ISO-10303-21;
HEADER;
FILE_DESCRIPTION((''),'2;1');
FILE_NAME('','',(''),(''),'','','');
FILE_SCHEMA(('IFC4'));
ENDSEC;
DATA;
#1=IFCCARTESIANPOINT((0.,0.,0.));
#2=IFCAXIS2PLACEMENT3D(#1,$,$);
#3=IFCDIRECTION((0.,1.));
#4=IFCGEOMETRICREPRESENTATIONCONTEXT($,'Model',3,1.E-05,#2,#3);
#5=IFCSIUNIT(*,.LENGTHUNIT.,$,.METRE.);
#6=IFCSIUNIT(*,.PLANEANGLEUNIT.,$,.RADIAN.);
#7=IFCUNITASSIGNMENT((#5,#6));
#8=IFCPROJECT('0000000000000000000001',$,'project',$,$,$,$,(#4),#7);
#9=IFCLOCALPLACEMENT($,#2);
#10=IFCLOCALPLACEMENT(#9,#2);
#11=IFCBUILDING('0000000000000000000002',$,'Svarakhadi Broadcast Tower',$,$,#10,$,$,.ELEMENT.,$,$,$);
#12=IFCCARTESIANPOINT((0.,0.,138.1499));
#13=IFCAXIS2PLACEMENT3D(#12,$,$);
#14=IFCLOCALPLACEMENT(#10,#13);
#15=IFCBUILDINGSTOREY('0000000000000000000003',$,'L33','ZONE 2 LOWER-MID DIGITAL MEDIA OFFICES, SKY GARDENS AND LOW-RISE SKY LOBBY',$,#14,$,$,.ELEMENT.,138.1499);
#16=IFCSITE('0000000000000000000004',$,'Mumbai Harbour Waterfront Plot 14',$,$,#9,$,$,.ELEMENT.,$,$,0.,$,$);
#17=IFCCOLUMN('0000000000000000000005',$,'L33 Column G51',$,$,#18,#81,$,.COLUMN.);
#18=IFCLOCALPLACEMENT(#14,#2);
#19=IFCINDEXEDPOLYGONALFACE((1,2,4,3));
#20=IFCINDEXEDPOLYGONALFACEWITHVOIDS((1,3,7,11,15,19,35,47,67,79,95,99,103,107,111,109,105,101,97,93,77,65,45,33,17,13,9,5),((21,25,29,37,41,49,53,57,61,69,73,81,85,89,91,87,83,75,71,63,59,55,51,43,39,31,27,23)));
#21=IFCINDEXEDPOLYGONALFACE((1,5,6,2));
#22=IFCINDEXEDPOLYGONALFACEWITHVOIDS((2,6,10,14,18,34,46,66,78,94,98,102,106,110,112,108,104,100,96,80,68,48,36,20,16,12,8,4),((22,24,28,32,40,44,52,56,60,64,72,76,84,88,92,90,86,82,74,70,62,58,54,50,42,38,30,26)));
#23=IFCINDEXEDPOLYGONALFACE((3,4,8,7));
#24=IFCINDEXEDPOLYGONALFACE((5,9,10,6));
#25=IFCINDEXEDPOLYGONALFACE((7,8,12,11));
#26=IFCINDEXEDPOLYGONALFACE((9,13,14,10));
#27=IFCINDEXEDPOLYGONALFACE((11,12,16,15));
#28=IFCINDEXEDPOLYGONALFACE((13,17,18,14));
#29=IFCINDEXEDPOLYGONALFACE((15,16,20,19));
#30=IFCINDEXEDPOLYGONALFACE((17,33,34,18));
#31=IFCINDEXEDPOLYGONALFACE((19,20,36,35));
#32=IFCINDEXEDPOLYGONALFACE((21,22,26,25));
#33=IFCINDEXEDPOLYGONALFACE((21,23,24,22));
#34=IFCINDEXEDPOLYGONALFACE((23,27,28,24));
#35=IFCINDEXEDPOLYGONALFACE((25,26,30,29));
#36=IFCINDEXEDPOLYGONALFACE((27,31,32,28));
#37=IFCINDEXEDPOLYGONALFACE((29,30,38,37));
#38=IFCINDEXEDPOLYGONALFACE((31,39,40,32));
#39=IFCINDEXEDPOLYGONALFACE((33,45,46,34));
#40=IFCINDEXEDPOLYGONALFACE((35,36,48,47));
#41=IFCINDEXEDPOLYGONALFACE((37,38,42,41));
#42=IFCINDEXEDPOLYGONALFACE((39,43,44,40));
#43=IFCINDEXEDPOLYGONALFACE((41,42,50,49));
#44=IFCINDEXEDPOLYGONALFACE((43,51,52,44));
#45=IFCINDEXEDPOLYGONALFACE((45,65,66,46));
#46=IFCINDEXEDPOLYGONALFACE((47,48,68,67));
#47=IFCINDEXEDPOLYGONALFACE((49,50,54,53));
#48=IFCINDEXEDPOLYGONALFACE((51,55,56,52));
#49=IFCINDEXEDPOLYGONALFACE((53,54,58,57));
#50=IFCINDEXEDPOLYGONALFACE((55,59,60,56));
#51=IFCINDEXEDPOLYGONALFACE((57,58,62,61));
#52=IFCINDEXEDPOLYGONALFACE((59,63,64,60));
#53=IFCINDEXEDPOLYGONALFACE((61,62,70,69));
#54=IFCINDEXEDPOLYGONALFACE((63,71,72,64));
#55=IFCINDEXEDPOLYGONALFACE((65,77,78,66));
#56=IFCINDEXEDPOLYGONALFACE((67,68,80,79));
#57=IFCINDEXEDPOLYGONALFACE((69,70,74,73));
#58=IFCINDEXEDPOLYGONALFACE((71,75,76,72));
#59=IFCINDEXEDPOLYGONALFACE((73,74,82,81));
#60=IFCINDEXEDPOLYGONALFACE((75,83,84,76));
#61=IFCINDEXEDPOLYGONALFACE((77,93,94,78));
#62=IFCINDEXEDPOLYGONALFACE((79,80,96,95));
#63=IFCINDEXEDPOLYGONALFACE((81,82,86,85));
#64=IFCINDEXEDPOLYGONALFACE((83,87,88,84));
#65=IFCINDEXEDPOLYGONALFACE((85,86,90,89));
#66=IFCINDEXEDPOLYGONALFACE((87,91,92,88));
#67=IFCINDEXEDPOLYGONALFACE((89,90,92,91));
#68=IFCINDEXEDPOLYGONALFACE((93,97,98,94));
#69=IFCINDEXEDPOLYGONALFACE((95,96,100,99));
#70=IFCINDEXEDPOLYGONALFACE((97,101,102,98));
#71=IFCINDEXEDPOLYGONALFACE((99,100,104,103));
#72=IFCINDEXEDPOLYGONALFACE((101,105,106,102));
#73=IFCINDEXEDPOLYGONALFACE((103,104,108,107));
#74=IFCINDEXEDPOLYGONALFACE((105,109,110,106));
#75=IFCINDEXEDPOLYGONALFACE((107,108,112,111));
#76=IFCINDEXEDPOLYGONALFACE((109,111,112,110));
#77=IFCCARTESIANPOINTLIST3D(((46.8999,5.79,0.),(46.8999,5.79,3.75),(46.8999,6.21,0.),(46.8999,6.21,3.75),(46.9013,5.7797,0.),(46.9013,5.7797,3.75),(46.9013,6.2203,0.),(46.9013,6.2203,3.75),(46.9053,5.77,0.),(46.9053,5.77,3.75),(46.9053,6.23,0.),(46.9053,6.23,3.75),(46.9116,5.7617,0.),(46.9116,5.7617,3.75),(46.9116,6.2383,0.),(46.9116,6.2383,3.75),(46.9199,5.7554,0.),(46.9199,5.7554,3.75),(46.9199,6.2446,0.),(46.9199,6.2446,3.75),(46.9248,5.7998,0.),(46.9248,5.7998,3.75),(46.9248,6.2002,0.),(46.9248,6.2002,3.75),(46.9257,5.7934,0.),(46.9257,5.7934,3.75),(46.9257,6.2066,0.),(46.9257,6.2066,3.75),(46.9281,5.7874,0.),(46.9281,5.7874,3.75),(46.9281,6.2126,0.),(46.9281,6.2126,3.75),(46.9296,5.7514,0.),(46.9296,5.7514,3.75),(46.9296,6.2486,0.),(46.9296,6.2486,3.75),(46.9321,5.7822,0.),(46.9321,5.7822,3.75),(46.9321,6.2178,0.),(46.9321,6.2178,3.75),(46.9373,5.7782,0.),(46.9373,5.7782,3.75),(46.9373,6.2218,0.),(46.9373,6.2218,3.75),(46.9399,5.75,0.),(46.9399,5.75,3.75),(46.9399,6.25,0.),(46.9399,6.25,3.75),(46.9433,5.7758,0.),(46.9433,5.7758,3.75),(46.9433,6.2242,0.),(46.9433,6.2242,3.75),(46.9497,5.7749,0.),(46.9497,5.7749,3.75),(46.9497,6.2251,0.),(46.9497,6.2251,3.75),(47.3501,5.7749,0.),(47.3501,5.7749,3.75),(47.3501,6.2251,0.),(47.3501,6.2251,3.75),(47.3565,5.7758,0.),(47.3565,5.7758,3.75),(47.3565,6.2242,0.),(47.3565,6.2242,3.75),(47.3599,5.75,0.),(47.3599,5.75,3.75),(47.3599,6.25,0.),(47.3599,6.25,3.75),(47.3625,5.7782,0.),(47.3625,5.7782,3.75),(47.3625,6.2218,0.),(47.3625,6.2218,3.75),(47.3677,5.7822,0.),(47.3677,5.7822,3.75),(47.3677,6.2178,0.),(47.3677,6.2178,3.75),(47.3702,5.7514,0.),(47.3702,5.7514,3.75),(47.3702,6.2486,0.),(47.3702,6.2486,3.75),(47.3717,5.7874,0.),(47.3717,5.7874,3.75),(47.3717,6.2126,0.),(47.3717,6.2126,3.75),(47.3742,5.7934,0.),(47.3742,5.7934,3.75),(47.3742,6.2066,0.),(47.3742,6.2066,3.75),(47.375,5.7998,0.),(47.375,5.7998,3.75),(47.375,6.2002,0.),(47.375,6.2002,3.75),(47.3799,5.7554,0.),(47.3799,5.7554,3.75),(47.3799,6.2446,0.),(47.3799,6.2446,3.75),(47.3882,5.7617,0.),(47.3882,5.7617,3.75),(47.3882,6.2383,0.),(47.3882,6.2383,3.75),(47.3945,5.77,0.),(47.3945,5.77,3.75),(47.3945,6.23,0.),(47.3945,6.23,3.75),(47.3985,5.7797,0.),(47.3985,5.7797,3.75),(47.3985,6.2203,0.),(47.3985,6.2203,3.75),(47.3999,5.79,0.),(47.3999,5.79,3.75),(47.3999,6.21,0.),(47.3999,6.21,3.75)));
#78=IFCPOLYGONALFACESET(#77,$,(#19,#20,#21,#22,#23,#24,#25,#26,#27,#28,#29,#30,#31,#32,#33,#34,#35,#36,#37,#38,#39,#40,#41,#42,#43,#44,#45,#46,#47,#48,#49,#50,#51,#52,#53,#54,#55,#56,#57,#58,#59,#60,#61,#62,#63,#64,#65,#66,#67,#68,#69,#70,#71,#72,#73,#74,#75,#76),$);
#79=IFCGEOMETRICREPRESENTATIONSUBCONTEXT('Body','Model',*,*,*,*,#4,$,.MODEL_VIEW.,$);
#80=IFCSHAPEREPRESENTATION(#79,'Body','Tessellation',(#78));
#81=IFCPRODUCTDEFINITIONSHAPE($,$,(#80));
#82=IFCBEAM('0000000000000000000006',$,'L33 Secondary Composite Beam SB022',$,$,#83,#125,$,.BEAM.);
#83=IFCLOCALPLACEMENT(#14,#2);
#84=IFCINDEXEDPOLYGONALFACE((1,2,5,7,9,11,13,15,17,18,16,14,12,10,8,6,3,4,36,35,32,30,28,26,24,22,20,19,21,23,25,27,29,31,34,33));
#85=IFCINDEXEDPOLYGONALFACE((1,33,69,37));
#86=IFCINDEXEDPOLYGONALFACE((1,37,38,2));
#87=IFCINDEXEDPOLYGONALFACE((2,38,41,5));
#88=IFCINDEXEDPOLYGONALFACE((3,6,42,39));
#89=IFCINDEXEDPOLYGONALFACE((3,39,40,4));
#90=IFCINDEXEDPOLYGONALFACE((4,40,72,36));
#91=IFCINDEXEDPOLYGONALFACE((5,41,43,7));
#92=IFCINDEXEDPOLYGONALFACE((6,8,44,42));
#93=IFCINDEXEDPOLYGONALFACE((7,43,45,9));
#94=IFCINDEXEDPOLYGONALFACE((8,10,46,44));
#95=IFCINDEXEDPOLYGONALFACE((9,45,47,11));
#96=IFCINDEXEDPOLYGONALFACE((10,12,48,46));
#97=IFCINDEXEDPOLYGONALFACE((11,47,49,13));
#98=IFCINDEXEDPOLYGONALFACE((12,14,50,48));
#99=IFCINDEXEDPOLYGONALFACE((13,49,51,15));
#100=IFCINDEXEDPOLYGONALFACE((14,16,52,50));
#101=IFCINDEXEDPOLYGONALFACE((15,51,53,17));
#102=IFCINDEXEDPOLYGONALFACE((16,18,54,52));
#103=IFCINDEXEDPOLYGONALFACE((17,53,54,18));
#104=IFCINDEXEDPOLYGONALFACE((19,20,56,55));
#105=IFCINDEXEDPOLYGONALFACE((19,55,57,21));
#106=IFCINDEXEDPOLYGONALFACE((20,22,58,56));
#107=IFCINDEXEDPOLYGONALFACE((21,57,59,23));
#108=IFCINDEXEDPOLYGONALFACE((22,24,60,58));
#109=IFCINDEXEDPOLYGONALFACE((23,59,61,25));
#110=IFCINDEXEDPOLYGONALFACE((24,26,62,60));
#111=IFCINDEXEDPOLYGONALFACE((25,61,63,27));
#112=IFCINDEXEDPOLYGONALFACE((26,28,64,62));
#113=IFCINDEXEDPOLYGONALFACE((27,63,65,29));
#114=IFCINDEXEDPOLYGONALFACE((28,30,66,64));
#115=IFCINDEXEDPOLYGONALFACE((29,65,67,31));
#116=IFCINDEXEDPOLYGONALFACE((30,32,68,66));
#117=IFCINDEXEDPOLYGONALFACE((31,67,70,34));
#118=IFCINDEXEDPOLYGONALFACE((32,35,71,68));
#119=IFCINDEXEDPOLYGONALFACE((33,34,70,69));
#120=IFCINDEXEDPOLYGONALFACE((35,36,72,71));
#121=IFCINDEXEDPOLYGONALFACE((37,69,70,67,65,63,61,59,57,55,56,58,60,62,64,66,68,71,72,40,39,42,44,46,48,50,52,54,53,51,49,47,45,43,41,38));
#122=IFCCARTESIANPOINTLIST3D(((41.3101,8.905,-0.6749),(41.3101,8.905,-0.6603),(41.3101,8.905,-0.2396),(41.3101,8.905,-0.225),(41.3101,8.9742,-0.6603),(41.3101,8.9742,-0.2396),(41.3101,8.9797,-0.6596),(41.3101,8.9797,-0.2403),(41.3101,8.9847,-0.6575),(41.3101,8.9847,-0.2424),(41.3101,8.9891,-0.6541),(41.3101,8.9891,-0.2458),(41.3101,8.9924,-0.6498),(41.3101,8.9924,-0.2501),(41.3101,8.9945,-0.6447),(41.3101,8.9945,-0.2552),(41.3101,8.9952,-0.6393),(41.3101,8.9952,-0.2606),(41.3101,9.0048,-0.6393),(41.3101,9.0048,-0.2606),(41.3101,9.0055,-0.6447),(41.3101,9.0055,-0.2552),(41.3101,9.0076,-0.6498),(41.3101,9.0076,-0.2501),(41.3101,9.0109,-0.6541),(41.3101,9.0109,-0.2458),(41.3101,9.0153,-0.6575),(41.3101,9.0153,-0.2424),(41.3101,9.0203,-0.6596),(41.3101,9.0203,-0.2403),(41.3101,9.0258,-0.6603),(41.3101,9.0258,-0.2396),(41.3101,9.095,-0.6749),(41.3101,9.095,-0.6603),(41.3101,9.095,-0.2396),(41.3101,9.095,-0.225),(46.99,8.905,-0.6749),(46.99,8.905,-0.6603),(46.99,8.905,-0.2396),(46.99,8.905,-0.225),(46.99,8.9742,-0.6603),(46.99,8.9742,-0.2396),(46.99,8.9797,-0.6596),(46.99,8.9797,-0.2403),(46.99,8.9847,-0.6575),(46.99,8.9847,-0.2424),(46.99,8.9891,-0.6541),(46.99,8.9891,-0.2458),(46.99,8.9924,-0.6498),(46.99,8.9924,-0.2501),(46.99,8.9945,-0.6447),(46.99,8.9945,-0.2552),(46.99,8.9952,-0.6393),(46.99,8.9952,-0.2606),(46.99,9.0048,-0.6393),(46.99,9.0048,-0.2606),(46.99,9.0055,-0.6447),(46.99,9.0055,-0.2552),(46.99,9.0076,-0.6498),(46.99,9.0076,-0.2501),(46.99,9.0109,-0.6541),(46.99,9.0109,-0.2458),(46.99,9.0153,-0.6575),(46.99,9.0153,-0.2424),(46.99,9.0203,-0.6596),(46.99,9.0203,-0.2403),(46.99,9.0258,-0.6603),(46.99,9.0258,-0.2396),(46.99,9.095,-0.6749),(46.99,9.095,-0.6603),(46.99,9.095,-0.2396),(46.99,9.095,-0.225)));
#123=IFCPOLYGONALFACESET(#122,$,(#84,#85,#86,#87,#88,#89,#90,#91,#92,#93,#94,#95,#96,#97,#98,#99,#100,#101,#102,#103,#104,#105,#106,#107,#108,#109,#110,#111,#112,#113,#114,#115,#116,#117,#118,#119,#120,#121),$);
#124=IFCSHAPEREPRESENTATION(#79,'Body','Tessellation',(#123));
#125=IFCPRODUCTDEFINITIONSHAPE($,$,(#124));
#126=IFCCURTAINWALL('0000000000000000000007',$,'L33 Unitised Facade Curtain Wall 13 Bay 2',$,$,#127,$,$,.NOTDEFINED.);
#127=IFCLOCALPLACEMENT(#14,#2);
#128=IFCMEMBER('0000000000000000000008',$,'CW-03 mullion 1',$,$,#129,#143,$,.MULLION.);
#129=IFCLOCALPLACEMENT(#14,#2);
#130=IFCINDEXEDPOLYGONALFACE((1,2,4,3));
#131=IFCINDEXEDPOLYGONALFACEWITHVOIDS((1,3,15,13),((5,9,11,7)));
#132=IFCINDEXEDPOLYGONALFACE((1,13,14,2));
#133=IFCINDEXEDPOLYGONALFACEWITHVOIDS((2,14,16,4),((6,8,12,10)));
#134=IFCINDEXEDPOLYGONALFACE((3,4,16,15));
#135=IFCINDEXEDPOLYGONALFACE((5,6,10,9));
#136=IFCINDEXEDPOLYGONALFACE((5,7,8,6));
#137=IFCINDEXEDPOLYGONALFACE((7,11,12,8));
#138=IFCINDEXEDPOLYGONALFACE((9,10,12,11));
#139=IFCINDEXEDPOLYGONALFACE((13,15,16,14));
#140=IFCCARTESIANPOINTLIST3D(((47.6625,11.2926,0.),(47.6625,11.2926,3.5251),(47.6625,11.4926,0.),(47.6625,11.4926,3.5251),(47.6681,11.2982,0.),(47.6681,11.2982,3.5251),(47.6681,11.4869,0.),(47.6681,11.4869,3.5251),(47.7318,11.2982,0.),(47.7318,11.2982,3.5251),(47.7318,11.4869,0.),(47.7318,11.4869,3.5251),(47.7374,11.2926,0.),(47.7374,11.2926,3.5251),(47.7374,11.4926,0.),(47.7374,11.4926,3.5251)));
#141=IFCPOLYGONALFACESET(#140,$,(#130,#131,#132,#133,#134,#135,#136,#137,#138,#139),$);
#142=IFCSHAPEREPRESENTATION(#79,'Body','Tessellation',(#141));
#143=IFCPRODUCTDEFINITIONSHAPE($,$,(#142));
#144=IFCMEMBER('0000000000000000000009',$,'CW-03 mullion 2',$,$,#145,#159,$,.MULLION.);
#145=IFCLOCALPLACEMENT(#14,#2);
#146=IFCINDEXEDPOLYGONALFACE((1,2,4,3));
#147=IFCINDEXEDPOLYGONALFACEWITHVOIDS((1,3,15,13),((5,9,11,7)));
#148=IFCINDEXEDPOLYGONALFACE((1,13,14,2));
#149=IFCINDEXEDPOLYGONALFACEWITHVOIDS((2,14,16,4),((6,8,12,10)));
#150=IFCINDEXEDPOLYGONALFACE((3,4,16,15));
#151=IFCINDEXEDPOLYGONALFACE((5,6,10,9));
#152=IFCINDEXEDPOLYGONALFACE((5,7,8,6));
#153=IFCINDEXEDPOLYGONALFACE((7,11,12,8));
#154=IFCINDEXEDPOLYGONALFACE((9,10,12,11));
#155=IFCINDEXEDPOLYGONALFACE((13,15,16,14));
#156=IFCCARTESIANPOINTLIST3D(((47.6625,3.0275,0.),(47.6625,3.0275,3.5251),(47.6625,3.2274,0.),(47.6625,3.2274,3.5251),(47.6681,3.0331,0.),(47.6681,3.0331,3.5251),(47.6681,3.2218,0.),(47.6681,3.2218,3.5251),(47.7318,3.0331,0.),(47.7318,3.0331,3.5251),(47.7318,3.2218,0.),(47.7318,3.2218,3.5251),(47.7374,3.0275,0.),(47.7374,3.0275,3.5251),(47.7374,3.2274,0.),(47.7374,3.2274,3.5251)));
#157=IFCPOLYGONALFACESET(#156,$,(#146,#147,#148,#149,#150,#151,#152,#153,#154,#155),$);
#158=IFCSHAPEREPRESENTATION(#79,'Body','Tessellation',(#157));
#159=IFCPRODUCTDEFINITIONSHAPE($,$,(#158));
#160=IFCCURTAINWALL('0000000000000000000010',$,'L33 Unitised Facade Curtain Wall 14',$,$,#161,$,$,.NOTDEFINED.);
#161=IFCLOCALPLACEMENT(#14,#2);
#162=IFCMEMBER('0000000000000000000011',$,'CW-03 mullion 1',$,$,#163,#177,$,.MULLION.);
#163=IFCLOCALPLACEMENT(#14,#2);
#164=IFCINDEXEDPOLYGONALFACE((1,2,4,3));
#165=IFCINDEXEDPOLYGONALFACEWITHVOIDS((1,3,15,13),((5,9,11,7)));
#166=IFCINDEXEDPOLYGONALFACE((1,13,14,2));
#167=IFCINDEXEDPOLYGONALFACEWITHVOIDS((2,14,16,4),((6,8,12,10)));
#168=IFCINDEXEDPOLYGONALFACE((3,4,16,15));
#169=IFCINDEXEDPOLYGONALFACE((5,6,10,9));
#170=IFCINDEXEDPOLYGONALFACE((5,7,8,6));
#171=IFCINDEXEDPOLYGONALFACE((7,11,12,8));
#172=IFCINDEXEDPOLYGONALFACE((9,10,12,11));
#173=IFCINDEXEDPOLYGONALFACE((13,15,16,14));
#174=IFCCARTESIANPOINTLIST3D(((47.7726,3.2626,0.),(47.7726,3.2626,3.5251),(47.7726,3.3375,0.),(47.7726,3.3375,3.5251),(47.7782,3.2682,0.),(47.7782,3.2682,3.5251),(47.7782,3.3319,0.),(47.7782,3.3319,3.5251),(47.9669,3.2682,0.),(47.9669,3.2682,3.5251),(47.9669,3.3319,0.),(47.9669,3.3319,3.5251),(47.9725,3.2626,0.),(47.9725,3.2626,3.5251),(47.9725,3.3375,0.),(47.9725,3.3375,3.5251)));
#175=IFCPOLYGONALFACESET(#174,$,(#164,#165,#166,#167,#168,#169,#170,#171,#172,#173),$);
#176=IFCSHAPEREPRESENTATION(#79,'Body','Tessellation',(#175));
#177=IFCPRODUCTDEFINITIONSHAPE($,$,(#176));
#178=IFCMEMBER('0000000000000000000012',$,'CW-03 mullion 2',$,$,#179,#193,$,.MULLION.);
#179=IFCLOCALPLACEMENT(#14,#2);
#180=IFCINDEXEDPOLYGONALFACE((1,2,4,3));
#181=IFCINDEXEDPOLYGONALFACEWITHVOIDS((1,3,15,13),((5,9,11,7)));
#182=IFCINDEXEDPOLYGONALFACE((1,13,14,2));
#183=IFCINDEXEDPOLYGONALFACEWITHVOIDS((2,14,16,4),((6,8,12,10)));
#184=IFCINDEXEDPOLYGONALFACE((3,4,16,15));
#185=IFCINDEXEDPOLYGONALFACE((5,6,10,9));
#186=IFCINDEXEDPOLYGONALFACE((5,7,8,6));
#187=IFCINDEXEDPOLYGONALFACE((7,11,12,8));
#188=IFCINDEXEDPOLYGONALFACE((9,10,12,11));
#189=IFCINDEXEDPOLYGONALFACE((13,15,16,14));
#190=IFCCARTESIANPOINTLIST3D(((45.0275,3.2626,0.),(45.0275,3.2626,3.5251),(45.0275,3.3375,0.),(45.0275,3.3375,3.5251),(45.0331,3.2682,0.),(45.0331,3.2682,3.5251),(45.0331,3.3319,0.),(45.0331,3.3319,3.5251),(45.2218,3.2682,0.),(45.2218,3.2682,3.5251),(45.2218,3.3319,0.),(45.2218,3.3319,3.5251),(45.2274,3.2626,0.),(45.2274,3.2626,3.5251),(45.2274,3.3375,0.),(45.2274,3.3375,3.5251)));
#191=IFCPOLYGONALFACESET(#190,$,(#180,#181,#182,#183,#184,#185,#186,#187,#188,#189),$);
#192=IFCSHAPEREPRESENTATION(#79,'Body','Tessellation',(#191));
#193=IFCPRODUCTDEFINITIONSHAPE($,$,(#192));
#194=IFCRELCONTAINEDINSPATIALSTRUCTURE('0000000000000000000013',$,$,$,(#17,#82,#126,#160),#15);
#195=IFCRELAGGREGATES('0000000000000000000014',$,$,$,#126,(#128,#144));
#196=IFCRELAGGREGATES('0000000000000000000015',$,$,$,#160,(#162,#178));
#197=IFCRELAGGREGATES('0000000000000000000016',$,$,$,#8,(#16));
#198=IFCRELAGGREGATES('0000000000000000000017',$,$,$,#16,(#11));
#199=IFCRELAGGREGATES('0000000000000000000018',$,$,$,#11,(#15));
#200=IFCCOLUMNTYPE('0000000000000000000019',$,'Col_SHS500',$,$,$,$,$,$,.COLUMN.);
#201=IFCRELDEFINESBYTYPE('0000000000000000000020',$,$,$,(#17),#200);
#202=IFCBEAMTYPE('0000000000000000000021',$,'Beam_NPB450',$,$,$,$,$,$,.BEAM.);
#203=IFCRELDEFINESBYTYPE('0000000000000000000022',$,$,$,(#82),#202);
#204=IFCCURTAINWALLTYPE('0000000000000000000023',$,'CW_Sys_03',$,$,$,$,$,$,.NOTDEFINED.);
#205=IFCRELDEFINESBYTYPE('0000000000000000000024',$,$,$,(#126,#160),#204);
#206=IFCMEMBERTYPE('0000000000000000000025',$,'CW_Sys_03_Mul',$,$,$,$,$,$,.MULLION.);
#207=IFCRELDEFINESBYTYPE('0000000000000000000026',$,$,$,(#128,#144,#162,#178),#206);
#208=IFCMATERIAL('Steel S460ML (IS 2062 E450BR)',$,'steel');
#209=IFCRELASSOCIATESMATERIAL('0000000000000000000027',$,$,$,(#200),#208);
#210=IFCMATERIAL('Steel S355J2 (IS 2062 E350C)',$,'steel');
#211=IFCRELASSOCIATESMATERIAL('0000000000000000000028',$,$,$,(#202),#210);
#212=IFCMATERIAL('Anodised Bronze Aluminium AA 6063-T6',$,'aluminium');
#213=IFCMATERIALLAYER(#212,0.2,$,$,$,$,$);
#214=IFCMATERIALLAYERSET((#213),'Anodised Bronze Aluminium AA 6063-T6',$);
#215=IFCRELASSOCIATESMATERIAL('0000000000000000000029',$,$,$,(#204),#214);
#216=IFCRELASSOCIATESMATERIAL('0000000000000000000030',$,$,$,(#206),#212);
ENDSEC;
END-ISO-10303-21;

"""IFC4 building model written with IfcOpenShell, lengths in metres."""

from ifc_helpers import new_model, si_unit, direction, frame, origin, origin_2d, place, context, subcontext, project, spatial, hollow_rectangle, i_section, extrude, material, layer, layer_set, material_profile, profile_set, type_object, element, aggregate, save


model = new_model("IFC4")

# Units and contexts
model_context = context("Model", 3, precision=1e-05, world=origin(), true_north=direction((0.0, 1.0)))
body_context = subcontext(model_context, "Body", "Model", "MODEL_VIEW")
ifc_project = project(units=[si_unit("LENGTHUNIT", "METRE"), si_unit("PLANEANGLEUNIT", "RADIAN")], contexts=[model_context])

# Site, building, storey
site_placement = place(None, origin())
site = spatial("IfcSite", under=ifc_project, at=site_placement, Name="Mumbai Harbour Waterfront Plot 14", CompositionType="ELEMENT", RefElevation=0.0)
building_placement = place(site_placement, origin())
building = spatial("IfcBuilding", under=site, at=building_placement, Name="Svarakhadi Broadcast Tower", CompositionType="ELEMENT")
storey_placement = place(building_placement, frame((0.0, 0.0, 138.1499)))
storey = spatial("IfcBuildingStorey", under=building, at=storey_placement, Name="L33", Description="ZONE 2 LOWER-MID DIGITAL MEDIA OFFICES, SKY GARDENS AND LOW-RISE SKY LOBBY", CompositionType="ELEMENT", Elevation=138.1499)

# Column
ifc_material_1 = material(Name="Steel S460ML (IS 2062 E450BR)", Category="steel")
ifc_material_profile_1 = material_profile(ifc_material_1, hollow_rectangle(XDim=0.5, YDim=0.5, WallThickness=0.0249, InnerFilletRadius=0.0249, OuterFilletRadius=0.04, at=origin_2d()), Name="SHS 500x500x25")
ifc_profile_set_1 = profile_set([ifc_material_profile_1], Name="Steel S460ML (IS 2062 E450BR)")
column_type = type_object("IfcColumnType", Name="Col_SHS500", PredefinedType="COLUMN", material=ifc_profile_set_1)
column_placement = place(storey_placement, frame((47.1499, 6.0, 0.0), z_axis=(0.0, 0.0, 1.0), x_axis=(1.0, 0.0, 0.0)))
element("IfcColumn", 1, at=column_placement, inside=storey, type_object=column_type, Name="L33 Column G51", PredefinedType="COLUMN", context=body_context, shape_type="SweptSolid", body=[
    extrude(hollow_rectangle(XDim=0.5, YDim=0.5, WallThickness=0.0249, InnerFilletRadius=0.0249, OuterFilletRadius=0.04, at=origin_2d()), origin(), (0.0, 0.0, 1.0), 3.75),
])

# Beam
ifc_material_2 = material(Name="Steel S355J2 (IS 2062 E350C)", Category="steel")
ifc_material_profile_2 = material_profile(ifc_material_2, i_section(OverallWidth=0.1899, OverallDepth=0.45, WebThickness=0.0095, FlangeThickness=0.0146, FilletRadius=0.021, at=origin_2d()), Name="NPB 450x190x78")
ifc_profile_set_2 = profile_set([ifc_material_profile_2], Name="Steel S355J2 (IS 2062 E350C)")
beam_type_1 = type_object("IfcBeamType", Name="Beam_NPB450", PredefinedType="BEAM", material=ifc_profile_set_2)
beam_placement = place(storey_placement, frame((41.3101, 9.0, -0.45), z_axis=(1.0, 0.0, 0.0), x_axis=(0.0, 1.0, 0.0)))
element("IfcBeam", 2, at=beam_placement, inside=storey, type_object=beam_type_1, Name="L33 Secondary Composite Beam SB022", PredefinedType="BEAM", context=body_context, shape_type="SweptSolid", body=[
    extrude(i_section(OverallWidth=0.1899, OverallDepth=0.45, WebThickness=0.0095, FlangeThickness=0.0146, FilletRadius=0.021, at=origin_2d()), origin(), (0.0, 0.0, 1.0), 5.6799),
])

# Curtain walls, members
ifc_material_3 = material(Name="Anodised Bronze Aluminium AA 6063-T6", Category="aluminium")
ifc_layer_1 = layer(ifc_material_3, 0.2)
ifc_layer_set_1 = layer_set([ifc_layer_1], Name="Anodised Bronze Aluminium AA 6063-T6")
curtain_wall_type = type_object("IfcCurtainWallType", Name="CW_Sys_03", PredefinedType="NOTDEFINED", material=ifc_layer_set_1)
curtain_wall_1_placement = place(storey_placement, origin())
curtain_wall_1 = element("IfcCurtainWall", 3, at=curtain_wall_1_placement, inside=storey, type_object=curtain_wall_type, Name="L33 Unitised Facade Curtain Wall 13 Bay 2", PredefinedType="NOTDEFINED")
ifc_material_profile_3 = material_profile(ifc_material_3, hollow_rectangle(XDim=0.075, YDim=0.2, WallThickness=0.0056, at=origin_2d()), Name="ALU MULLION 200x75x6")
ifc_profile_set_3 = profile_set([ifc_material_profile_3], Name="Anodised Bronze Aluminium AA 6063-T6")
member_type_1 = type_object("IfcMemberType", Name="CW_Sys_03_Mul", PredefinedType="MULLION", material=ifc_profile_set_3)
member_1_placement = place(storey_placement, frame((47.7, 11.3926, 0.0), z_axis=(0.0, 0.0, 1.0), x_axis=(1.0, 0.0, 0.0)))
member_1 = element("IfcMember", 4, at=member_1_placement, type_object=member_type_1, Name="CW-03 mullion 1", PredefinedType="MULLION", context=body_context, shape_type="SweptSolid", body=[
    extrude(hollow_rectangle(XDim=0.075, YDim=0.2, WallThickness=0.0056, at=origin_2d()), origin(), (0.0, 0.0, 1.0), 3.5251),
])
member_2_placement = place(storey_placement, frame((47.7, 3.1274, 0.0), z_axis=(0.0, 0.0, 1.0), x_axis=(1.0, 0.0, 0.0)))
member_2 = element("IfcMember", 5, at=member_2_placement, type_object=member_type_1, Name="CW-03 mullion 2", PredefinedType="MULLION", context=body_context, shape_type="SweptSolid", body=[
    extrude(hollow_rectangle(XDim=0.075, YDim=0.2, WallThickness=0.0056, at=origin_2d()), origin(), (0.0, 0.0, 1.0), 3.5251),
])
curtain_wall_2_placement = place(storey_placement, origin())
curtain_wall_2 = element("IfcCurtainWall", 6, at=curtain_wall_2_placement, inside=storey, type_object=curtain_wall_type, Name="L33 Unitised Facade Curtain Wall 14", PredefinedType="NOTDEFINED")
member_3_placement = place(storey_placement, frame((47.8726, 3.3, 0.0), z_axis=(0.0, 0.0, 1.0), x_axis=(0.0, -1.0, 0.0)))
member_3 = element("IfcMember", 7, at=member_3_placement, type_object=member_type_1, Name="CW-03 mullion 1", PredefinedType="MULLION", context=body_context, shape_type="SweptSolid", body=[
    extrude(hollow_rectangle(XDim=0.075, YDim=0.2, WallThickness=0.0056, at=origin_2d()), origin(), (0.0, 0.0, 1.0), 3.5251),
])
member_4_placement = place(storey_placement, frame((45.1274, 3.3, 0.0), z_axis=(0.0, 0.0, 1.0), x_axis=(0.0, -1.0, 0.0)))
member_4 = element("IfcMember", 8, at=member_4_placement, type_object=member_type_1, Name="CW-03 mullion 2", PredefinedType="MULLION", context=body_context, shape_type="SweptSolid", body=[
    extrude(hollow_rectangle(XDim=0.075, YDim=0.2, WallThickness=0.0056, at=origin_2d()), origin(), (0.0, 0.0, 1.0), 3.5251),
])

aggregate(curtain_wall_1, [member_1, member_2])
aggregate(curtain_wall_2, [member_3, member_4])

save(model, "model.ifc")
